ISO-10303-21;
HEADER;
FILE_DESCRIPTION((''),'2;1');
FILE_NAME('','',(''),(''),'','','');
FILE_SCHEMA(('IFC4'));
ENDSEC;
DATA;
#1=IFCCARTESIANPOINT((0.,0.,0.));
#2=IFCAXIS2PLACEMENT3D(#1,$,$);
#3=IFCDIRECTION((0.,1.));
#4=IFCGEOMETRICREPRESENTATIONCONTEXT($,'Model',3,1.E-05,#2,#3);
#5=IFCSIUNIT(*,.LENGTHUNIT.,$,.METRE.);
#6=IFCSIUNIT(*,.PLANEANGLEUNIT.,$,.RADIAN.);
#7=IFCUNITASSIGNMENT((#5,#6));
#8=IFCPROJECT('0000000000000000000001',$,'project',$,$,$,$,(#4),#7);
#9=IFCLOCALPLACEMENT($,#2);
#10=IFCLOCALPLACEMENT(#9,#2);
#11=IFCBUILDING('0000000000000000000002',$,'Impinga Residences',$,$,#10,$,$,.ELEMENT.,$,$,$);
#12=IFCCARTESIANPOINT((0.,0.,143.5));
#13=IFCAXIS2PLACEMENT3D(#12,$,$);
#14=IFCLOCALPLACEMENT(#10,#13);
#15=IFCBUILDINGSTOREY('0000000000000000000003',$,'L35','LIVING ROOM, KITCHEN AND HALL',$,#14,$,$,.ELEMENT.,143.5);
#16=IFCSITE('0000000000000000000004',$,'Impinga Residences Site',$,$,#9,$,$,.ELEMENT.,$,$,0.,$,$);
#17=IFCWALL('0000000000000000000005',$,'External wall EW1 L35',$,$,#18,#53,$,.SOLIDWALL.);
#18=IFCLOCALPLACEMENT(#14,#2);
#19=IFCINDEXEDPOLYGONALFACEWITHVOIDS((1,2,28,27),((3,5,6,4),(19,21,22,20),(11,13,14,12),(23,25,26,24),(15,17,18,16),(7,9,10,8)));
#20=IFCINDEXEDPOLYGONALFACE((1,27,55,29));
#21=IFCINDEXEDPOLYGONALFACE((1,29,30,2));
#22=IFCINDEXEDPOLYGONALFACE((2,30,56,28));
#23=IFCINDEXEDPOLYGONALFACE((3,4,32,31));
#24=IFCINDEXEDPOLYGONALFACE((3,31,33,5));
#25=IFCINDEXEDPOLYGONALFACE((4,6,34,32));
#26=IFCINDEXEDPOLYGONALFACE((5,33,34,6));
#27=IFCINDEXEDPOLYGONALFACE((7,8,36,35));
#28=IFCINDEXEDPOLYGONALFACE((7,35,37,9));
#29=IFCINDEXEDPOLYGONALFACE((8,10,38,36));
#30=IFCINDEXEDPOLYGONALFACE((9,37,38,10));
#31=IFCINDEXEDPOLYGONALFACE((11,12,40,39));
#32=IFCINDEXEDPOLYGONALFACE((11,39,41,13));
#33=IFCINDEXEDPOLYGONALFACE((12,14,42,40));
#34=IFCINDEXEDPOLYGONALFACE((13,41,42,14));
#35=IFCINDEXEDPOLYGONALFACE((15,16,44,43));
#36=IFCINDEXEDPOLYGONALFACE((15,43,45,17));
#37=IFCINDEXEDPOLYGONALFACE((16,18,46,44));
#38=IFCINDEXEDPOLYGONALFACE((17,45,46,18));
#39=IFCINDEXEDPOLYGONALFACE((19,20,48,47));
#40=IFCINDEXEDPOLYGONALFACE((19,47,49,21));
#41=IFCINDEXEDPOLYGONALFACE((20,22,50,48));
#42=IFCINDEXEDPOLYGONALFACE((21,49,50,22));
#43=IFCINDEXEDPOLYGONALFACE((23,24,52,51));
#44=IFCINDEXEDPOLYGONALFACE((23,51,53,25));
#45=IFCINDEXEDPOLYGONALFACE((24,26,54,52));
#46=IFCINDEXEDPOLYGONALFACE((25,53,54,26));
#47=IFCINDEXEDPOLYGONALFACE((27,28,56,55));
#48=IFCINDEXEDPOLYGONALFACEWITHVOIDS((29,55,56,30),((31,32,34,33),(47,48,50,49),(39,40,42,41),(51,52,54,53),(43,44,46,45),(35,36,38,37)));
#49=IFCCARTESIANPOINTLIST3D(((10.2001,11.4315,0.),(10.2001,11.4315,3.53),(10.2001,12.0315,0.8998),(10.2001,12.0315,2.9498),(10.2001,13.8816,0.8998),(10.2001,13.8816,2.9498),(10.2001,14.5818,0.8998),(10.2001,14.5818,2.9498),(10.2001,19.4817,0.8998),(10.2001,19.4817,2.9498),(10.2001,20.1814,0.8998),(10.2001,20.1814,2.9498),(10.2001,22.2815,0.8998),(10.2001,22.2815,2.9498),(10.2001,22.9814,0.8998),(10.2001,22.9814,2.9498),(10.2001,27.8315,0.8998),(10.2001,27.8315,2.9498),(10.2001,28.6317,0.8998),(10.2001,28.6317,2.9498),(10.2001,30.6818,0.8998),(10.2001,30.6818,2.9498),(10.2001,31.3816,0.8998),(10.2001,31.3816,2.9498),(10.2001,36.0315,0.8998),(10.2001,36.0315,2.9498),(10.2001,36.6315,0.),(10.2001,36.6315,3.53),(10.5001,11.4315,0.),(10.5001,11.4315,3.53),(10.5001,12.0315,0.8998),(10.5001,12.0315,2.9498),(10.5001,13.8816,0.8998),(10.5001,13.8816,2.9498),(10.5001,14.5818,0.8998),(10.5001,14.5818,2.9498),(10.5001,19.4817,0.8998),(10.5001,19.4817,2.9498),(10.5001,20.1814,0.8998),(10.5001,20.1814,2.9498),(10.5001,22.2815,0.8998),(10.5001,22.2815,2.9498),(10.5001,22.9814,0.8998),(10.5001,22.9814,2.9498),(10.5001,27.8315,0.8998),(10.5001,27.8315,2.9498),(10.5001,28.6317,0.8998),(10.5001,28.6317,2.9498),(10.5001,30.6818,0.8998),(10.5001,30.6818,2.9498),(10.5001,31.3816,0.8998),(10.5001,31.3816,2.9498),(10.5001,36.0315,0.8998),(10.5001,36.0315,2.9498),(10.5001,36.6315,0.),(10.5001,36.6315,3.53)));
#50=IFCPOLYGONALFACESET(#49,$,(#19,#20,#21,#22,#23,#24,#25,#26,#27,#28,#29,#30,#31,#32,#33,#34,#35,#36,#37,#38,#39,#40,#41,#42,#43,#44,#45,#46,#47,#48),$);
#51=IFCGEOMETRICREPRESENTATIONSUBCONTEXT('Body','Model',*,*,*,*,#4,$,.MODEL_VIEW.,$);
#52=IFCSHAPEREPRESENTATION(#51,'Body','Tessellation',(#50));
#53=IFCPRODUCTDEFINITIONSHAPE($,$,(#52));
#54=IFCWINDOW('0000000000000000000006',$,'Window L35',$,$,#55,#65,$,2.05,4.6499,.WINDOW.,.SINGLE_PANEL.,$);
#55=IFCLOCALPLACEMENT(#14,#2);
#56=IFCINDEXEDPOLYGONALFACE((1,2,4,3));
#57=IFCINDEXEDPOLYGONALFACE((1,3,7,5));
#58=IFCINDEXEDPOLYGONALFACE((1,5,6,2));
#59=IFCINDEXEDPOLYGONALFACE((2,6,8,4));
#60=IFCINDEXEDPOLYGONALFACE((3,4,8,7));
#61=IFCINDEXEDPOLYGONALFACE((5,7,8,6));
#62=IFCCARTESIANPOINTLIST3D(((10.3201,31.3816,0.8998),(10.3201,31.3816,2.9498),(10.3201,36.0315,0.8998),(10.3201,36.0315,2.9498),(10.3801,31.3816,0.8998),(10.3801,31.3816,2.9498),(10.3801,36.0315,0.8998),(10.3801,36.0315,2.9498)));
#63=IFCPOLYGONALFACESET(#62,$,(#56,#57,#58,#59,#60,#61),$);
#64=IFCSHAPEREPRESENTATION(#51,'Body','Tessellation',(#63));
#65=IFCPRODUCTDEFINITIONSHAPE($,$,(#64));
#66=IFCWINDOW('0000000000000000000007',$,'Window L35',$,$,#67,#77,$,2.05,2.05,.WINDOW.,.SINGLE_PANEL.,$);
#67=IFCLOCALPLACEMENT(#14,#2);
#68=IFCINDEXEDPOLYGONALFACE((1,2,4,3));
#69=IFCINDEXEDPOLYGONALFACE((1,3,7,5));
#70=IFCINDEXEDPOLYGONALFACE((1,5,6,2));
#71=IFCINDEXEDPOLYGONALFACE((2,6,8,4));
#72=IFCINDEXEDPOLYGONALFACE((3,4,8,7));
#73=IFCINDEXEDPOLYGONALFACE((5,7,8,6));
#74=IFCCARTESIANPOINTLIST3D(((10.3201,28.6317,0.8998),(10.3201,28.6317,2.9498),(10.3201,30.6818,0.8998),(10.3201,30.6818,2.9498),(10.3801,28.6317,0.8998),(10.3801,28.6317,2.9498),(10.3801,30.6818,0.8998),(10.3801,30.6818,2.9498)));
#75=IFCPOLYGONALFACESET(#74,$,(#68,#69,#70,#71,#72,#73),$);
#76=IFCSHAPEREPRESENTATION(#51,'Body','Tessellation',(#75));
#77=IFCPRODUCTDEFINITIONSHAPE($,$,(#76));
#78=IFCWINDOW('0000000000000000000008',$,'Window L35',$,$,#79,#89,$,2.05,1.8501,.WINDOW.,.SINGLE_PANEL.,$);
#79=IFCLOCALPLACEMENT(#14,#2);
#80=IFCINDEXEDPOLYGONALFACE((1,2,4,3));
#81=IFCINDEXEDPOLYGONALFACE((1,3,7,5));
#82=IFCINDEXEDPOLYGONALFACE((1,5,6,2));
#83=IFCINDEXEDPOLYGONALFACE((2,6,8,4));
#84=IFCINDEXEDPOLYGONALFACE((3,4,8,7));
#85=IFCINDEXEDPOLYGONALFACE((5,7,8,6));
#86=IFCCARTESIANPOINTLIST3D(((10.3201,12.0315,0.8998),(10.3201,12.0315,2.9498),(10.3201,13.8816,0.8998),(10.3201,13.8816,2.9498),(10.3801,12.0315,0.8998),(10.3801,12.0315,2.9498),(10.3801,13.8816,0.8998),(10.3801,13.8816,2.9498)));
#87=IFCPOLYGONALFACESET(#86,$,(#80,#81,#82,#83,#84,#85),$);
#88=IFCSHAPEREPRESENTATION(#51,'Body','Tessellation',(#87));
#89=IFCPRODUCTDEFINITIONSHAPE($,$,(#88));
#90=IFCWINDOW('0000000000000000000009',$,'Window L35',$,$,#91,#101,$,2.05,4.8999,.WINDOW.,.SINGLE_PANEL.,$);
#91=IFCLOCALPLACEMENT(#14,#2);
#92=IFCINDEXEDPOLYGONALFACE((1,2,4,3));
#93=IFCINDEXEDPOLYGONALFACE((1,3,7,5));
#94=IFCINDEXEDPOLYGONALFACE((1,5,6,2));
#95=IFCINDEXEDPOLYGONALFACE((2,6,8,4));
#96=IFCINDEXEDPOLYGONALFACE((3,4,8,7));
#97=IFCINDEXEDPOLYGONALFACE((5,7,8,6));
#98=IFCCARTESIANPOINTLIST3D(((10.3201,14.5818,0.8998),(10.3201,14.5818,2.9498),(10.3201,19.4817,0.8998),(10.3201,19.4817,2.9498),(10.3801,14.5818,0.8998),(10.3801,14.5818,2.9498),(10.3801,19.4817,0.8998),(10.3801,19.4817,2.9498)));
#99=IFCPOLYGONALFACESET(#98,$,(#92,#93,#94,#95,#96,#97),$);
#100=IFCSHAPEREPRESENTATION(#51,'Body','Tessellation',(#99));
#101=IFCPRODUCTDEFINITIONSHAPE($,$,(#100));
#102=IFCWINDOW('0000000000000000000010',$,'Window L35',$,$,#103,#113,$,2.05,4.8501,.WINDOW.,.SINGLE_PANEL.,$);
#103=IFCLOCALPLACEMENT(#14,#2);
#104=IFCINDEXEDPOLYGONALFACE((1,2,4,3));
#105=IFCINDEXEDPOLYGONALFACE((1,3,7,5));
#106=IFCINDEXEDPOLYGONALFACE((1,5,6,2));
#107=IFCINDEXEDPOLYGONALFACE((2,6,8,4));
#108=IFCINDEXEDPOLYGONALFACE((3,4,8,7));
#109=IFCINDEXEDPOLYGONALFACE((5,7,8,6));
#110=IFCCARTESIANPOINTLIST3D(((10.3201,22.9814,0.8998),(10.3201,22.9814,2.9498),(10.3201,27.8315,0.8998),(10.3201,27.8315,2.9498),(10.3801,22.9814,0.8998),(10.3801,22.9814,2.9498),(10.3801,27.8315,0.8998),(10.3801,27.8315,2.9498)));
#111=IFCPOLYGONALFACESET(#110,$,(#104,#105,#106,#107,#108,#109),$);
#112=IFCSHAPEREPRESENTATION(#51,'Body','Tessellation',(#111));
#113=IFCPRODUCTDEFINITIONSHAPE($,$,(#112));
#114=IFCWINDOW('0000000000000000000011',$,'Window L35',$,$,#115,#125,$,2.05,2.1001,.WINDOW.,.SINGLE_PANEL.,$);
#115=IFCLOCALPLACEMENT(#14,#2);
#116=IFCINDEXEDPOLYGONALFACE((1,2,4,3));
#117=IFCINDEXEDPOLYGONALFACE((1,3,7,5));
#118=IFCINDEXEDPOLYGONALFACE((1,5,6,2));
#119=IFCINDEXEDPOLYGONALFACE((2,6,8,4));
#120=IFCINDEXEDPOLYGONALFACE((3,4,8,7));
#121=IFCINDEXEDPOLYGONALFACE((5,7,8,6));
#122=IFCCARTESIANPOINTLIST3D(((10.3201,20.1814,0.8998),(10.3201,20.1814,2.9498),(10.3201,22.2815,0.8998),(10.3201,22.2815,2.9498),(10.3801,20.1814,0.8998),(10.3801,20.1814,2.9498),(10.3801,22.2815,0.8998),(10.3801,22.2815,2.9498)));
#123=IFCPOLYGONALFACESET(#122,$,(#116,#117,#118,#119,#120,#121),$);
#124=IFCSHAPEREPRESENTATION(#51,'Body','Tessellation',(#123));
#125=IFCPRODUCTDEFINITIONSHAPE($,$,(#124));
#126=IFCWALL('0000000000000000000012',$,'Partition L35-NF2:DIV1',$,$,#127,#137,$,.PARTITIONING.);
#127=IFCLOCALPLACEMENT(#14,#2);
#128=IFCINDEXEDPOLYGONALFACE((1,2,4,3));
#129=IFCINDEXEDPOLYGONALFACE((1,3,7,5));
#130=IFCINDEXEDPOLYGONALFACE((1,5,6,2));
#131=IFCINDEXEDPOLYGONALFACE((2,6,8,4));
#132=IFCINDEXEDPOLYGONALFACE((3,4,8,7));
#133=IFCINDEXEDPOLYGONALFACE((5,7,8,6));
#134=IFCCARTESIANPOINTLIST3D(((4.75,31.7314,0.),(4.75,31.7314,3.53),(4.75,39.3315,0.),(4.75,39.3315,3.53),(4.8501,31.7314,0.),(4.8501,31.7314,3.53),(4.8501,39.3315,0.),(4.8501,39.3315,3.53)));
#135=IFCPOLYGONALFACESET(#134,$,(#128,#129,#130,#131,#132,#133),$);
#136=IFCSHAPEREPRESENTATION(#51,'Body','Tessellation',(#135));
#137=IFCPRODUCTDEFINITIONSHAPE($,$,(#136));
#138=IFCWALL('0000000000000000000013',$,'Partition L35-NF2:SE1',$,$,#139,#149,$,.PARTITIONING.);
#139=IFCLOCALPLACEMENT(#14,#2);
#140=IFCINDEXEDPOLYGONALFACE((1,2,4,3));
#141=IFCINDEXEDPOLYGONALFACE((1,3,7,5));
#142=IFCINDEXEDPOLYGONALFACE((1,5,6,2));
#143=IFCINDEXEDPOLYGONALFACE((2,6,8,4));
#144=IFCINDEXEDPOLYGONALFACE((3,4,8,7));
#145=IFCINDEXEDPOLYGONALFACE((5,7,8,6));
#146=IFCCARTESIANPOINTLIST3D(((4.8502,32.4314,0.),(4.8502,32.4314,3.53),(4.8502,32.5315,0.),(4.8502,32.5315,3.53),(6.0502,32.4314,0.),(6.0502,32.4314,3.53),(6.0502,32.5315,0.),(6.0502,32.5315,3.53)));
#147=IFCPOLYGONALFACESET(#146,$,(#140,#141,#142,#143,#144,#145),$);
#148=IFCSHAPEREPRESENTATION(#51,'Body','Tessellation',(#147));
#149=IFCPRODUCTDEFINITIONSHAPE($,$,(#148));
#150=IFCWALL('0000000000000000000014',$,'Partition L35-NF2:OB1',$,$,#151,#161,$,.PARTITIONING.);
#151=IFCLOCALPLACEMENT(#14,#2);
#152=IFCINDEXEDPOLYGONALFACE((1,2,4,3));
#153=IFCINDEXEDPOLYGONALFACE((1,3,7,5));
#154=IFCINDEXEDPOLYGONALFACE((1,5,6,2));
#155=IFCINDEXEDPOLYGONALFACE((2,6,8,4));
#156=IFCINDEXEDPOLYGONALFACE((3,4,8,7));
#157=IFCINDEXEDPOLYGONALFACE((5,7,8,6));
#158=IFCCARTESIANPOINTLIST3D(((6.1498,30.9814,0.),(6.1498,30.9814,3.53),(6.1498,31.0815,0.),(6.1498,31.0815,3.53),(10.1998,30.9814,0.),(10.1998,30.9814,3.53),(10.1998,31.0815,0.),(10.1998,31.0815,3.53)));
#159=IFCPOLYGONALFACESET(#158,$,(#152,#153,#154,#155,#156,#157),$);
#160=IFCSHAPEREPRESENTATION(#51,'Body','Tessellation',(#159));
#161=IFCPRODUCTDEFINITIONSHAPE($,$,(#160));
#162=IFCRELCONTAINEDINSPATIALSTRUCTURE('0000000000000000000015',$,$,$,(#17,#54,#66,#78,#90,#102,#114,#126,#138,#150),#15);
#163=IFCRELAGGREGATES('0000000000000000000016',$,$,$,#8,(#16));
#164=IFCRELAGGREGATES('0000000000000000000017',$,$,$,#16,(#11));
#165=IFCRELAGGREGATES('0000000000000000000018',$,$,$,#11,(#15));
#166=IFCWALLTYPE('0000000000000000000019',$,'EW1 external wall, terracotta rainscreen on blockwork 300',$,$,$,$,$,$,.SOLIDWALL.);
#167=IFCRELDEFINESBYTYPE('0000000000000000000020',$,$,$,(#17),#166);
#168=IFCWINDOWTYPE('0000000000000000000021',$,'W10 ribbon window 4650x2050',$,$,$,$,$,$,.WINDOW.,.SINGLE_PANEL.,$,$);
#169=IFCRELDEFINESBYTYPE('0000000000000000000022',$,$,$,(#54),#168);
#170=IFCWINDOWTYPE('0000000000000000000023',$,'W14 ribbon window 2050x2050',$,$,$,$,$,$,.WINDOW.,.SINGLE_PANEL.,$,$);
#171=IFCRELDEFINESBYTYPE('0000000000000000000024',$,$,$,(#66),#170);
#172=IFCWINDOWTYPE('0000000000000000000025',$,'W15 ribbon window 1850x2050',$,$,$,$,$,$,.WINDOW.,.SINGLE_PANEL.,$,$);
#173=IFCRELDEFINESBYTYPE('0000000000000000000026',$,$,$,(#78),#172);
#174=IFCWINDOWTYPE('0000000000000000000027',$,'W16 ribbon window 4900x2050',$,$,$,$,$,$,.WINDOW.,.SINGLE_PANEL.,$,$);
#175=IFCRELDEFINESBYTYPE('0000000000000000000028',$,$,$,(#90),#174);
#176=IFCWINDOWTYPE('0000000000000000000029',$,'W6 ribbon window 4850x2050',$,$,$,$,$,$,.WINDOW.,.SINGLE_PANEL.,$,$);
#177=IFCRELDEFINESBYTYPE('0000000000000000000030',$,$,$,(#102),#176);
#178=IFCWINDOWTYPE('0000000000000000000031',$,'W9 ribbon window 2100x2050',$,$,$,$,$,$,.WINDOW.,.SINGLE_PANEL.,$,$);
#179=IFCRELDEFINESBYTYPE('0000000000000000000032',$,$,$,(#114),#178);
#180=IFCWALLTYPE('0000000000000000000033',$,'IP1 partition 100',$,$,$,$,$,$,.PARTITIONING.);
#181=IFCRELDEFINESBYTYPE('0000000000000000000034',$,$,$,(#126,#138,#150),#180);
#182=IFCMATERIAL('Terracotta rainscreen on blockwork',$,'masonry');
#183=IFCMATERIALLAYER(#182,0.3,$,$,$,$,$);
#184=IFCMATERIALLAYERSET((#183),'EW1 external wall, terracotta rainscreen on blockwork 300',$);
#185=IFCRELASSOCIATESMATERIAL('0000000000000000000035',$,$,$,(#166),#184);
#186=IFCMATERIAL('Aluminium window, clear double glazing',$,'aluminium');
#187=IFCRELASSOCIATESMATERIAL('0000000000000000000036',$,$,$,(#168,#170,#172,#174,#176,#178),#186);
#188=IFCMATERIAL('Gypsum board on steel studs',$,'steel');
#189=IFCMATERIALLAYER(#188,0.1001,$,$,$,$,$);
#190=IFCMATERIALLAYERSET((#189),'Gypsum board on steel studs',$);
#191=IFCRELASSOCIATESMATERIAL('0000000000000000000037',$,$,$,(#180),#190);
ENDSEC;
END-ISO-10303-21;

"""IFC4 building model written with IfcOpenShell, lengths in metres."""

from ifc_helpers import new_model, si_unit, direction, frame, frame_2d, origin, place, context, subcontext, project, spatial, rectangle, extrude, material, layer, layer_set, type_object, element, fill, save


model = new_model("IFC4")

# Units and contexts
model_context = context("Model", 3, precision=1e-05, world=origin(), true_north=direction((0.0, 1.0)))
body_context = subcontext(model_context, "Body", "Model", "MODEL_VIEW")
ifc_project = project(units=[si_unit("LENGTHUNIT", "METRE"), si_unit("PLANEANGLEUNIT", "RADIAN")], contexts=[model_context])

# Site, building, storey
site_placement = place(None, origin())
site = spatial("IfcSite", under=ifc_project, at=site_placement, Name="Impinga Residences Site", CompositionType="ELEMENT", RefElevation=0.0)
building_placement = place(site_placement, origin())
building = spatial("IfcBuilding", under=site, at=building_placement, Name="Impinga Residences", CompositionType="ELEMENT")
storey_placement = place(building_placement, frame((0.0, 0.0, 143.5)))
storey = spatial("IfcBuildingStorey", under=building, at=storey_placement, Name="L35", Description="LIVING ROOM, KITCHEN AND HALL", CompositionType="ELEMENT", Elevation=143.5)

# Shared definitions
ifc_material_1 = material(Name="Terracotta rainscreen on blockwork", Category="masonry")
ifc_layer_1 = layer(ifc_material_1, 0.3)
ifc_layer_set_1 = layer_set([ifc_layer_1], Name="EW1 external wall, terracotta rainscreen on blockwork 300")
wall_type_1 = type_object("IfcWallType", Name="EW1 external wall, terracotta rainscreen on blockwork 300", PredefinedType="SOLIDWALL", material=ifc_layer_set_1)

# Wall, openings, windows
wall_1_placement = place(storey_placement, frame((10.3501, 36.6316, 0.0), z_axis=(0.0, 0.0, 1.0), x_axis=(0.0, -1.0, 0.0)))
wall_1 = element("IfcWall", 1, at=wall_1_placement, inside=storey, type_object=wall_type_1, Name="External wall EW1 L35", PredefinedType="SOLIDWALL", context=body_context, shape_type="SweptSolid", body=[
    extrude(rectangle(XDim=25.2, YDim=0.3, at=frame_2d((12.6001, 0.0))), origin(), (0.0, 0.0, 1.0), 3.53),
])
opening_1_placement = place(wall_1_placement, frame((0.6001, 0.0, 0.8999)))
opening_1 = element("IfcOpeningElement", 2, at=opening_1_placement, cuts=wall_1, PredefinedType="OPENING", context=body_context, shape_type="SweptSolid", body=[
    extrude(rectangle(XDim=4.6499, YDim=2.05, at=frame_2d((2.325, 1.0249))), frame((0.0, 0.1599, 0.0), z_axis=(0.0, -1.0, 0.0), x_axis=(1.0, 0.0, 0.0)), (0.0, 0.0, 1.0), 0.3201),
])
opening_2_placement = place(wall_1_placement, frame((5.95, 0.0, 0.8999)))
opening_2 = element("IfcOpeningElement", 3, at=opening_2_placement, cuts=wall_1, PredefinedType="OPENING", context=body_context, shape_type="SweptSolid", body=[
    extrude(rectangle(XDim=2.05, YDim=2.05, at=frame_2d((1.0249, 1.0249))), frame((0.0, 0.1599, 0.0), z_axis=(0.0, -1.0, 0.0), x_axis=(1.0, 0.0, 0.0)), (0.0, 0.0, 1.0), 0.3201),
])
opening_3_placement = place(wall_1_placement, frame((8.8, 0.0, 0.8999)))
opening_3 = element("IfcOpeningElement", 4, at=opening_3_placement, cuts=wall_1, PredefinedType="OPENING", context=body_context, shape_type="SweptSolid", body=[
    extrude(rectangle(XDim=4.8501, YDim=2.05, at=frame_2d((2.425, 1.0249))), frame((0.0, 0.1599, 0.0), z_axis=(0.0, -1.0, 0.0), x_axis=(1.0, 0.0, 0.0)), (0.0, 0.0, 1.0), 0.3201),
])
opening_4_placement = place(wall_1_placement, frame((14.3501, 0.0, 0.8999)))
opening_4 = element("IfcOpeningElement", 5, at=opening_4_placement, cuts=wall_1, PredefinedType="OPENING", context=body_context, shape_type="SweptSolid", body=[
    extrude(rectangle(XDim=2.1001, YDim=2.05, at=frame_2d((1.05, 1.0249))), frame((0.0, 0.1599, 0.0), z_axis=(0.0, -1.0, 0.0), x_axis=(1.0, 0.0, 0.0)), (0.0, 0.0, 1.0), 0.3201),
])
opening_5_placement = place(wall_1_placement, frame((17.1499, 0.0, 0.8999)))
opening_5 = element("IfcOpeningElement", 6, at=opening_5_placement, cuts=wall_1, PredefinedType="OPENING", context=body_context, shape_type="SweptSolid", body=[
    extrude(rectangle(XDim=4.8999, YDim=2.05, at=frame_2d((2.45, 1.0249))), frame((0.0, 0.1599, 0.0), z_axis=(0.0, -1.0, 0.0), x_axis=(1.0, 0.0, 0.0)), (0.0, 0.0, 1.0), 0.3201),
])
opening_6_placement = place(wall_1_placement, frame((22.75, 0.0, 0.8999)))
opening_6 = element("IfcOpeningElement", 7, at=opening_6_placement, cuts=wall_1, PredefinedType="OPENING", context=body_context, shape_type="SweptSolid", body=[
    extrude(rectangle(XDim=1.8501, YDim=2.05, at=frame_2d((0.925, 1.0249))), frame((0.0, 0.1599, 0.0), z_axis=(0.0, -1.0, 0.0), x_axis=(1.0, 0.0, 0.0)), (0.0, 0.0, 1.0), 0.3201),
])
ifc_material_2 = material(Name="Aluminium window, clear double glazing", Category="aluminium")
window_type_1 = type_object("IfcWindowType", Name="W10 ribbon window 4650x2050", PartitioningType="SINGLE_PANEL", PredefinedType="WINDOW", material=ifc_material_2)
window_1_placement = place(opening_1_placement, origin())
window_1 = element("IfcWindow", 8, at=window_1_placement, inside=storey, type_object=window_type_1, Name="Window L35", OverallHeight=2.05, OverallWidth=4.6499, PartitioningType="SINGLE_PANEL", PredefinedType="WINDOW", context=body_context, shape_type="SweptSolid", body=[
    extrude(rectangle(XDim=4.6499, YDim=2.05, at=frame_2d((2.325, 1.0249))), frame((0.0, 0.03, 0.0), z_axis=(0.0, -1.0, 0.0), x_axis=(1.0, 0.0, 0.0)), (0.0, 0.0, 1.0), 0.0601),
])
fill(opening_1, window_1)
window_type_2 = type_object("IfcWindowType", Name="W14 ribbon window 2050x2050", PartitioningType="SINGLE_PANEL", PredefinedType="WINDOW", material=ifc_material_2)
window_2_placement = place(opening_2_placement, origin())
window_2 = element("IfcWindow", 9, at=window_2_placement, inside=storey, type_object=window_type_2, Name="Window L35", OverallHeight=2.05, OverallWidth=2.05, PartitioningType="SINGLE_PANEL", PredefinedType="WINDOW", context=body_context, shape_type="SweptSolid", body=[
    extrude(rectangle(XDim=2.05, YDim=2.05, at=frame_2d((1.0249, 1.0249))), frame((0.0, 0.03, 0.0), z_axis=(0.0, -1.0, 0.0), x_axis=(1.0, 0.0, 0.0)), (0.0, 0.0, 1.0), 0.0601),
])
fill(opening_2, window_2)
window_type_3 = type_object("IfcWindowType", Name="W15 ribbon window 1850x2050", PartitioningType="SINGLE_PANEL", PredefinedType="WINDOW", material=ifc_material_2)
window_3_placement = place(opening_6_placement, origin())
window_3 = element("IfcWindow", 10, at=window_3_placement, inside=storey, type_object=window_type_3, Name="Window L35", OverallHeight=2.05, OverallWidth=1.8501, PartitioningType="SINGLE_PANEL", PredefinedType="WINDOW", context=body_context, shape_type="SweptSolid", body=[
    extrude(rectangle(XDim=1.8501, YDim=2.05, at=frame_2d((0.925, 1.0249))), frame((0.0, 0.03, 0.0), z_axis=(0.0, -1.0, 0.0), x_axis=(1.0, 0.0, 0.0)), (0.0, 0.0, 1.0), 0.0601),
])
fill(opening_6, window_3)
window_type_4 = type_object("IfcWindowType", Name="W16 ribbon window 4900x2050", PartitioningType="SINGLE_PANEL", PredefinedType="WINDOW", material=ifc_material_2)
window_4_placement = place(opening_5_placement, origin())
window_4 = element("IfcWindow", 11, at=window_4_placement, inside=storey, type_object=window_type_4, Name="Window L35", OverallHeight=2.05, OverallWidth=4.8999, PartitioningType="SINGLE_PANEL", PredefinedType="WINDOW", context=body_context, shape_type="SweptSolid", body=[
    extrude(rectangle(XDim=4.8999, YDim=2.05, at=frame_2d((2.45, 1.0249))), frame((0.0, 0.03, 0.0), z_axis=(0.0, -1.0, 0.0), x_axis=(1.0, 0.0, 0.0)), (0.0, 0.0, 1.0), 0.0601),
])
fill(opening_5, window_4)
window_type_5 = type_object("IfcWindowType", Name="W6 ribbon window 4850x2050", PartitioningType="SINGLE_PANEL", PredefinedType="WINDOW", material=ifc_material_2)
window_5_placement = place(opening_3_placement, origin())
window_5 = element("IfcWindow", 12, at=window_5_placement, inside=storey, type_object=window_type_5, Name="Window L35", OverallHeight=2.05, OverallWidth=4.8501, PartitioningType="SINGLE_PANEL", PredefinedType="WINDOW", context=body_context, shape_type="SweptSolid", body=[
    extrude(rectangle(XDim=4.8501, YDim=2.05, at=frame_2d((2.425, 1.0249))), frame((0.0, 0.03, 0.0), z_axis=(0.0, -1.0, 0.0), x_axis=(1.0, 0.0, 0.0)), (0.0, 0.0, 1.0), 0.0601),
])
fill(opening_3, window_5)
window_type_6 = type_object("IfcWindowType", Name="W9 ribbon window 2100x2050", PartitioningType="SINGLE_PANEL", PredefinedType="WINDOW", material=ifc_material_2)
window_6_placement = place(opening_4_placement, origin())
window_6 = element("IfcWindow", 13, at=window_6_placement, inside=storey, type_object=window_type_6, Name="Window L35", OverallHeight=2.05, OverallWidth=2.1001, PartitioningType="SINGLE_PANEL", PredefinedType="WINDOW", context=body_context, shape_type="SweptSolid", body=[
    extrude(rectangle(XDim=2.1001, YDim=2.05, at=frame_2d((1.05, 1.0249))), frame((0.0, 0.03, 0.0), z_axis=(0.0, -1.0, 0.0), x_axis=(1.0, 0.0, 0.0)), (0.0, 0.0, 1.0), 0.0601),
])
fill(opening_4, window_6)

# Walls
ifc_material_3 = material(Name="Gypsum board on steel studs", Category="steel")
ifc_layer_2 = layer(ifc_material_3, 0.1001)
ifc_layer_set_2 = layer_set([ifc_layer_2], Name="Gypsum board on steel studs")
wall_type_2 = type_object("IfcWallType", Name="IP1 partition 100", PredefinedType="PARTITIONING", material=ifc_layer_set_2)
wall_2_placement = place(storey_placement, frame((4.8, 31.7314, 0.0), z_axis=(0.0, 0.0, 1.0), x_axis=(0.0, 1.0, 0.0)))
element("IfcWall", 14, at=wall_2_placement, inside=storey, type_object=wall_type_2, Name="Partition L35-NF2:DIV1", PredefinedType="PARTITIONING", context=body_context, shape_type="SweptSolid", body=[
    extrude(rectangle(XDim=7.6001, YDim=0.1001, at=frame_2d((3.8, 0.0))), origin(), (0.0, 0.0, 1.0), 3.53),
])
wall_3_placement = place(storey_placement, frame((4.8501, 32.4814, 0.0), z_axis=(0.0, 0.0, 1.0), x_axis=(1.0, 0.0, 0.0)))
element("IfcWall", 15, at=wall_3_placement, inside=storey, type_object=wall_type_2, Name="Partition L35-NF2:SE1", PredefinedType="PARTITIONING", context=body_context, shape_type="SweptSolid", body=[
    extrude(rectangle(XDim=1.2, YDim=0.1001, at=frame_2d((0.6001, 0.0))), origin(), (0.0, 0.0, 1.0), 3.53),
])
wall_4_placement = place(storey_placement, frame((6.1499, 31.0315, 0.0), z_axis=(0.0, 0.0, 1.0), x_axis=(1.0, 0.0, 0.0)))
element("IfcWall", 16, at=wall_4_placement, inside=storey, type_object=wall_type_2, Name="Partition L35-NF2:OB1", PredefinedType="PARTITIONING", context=body_context, shape_type="SweptSolid", body=[
    extrude(rectangle(XDim=4.05, YDim=0.1001, at=frame_2d((2.0249, 0.0))), origin(), (0.0, 0.0, 1.0), 3.53),
])

save(model, "model.ifc")
